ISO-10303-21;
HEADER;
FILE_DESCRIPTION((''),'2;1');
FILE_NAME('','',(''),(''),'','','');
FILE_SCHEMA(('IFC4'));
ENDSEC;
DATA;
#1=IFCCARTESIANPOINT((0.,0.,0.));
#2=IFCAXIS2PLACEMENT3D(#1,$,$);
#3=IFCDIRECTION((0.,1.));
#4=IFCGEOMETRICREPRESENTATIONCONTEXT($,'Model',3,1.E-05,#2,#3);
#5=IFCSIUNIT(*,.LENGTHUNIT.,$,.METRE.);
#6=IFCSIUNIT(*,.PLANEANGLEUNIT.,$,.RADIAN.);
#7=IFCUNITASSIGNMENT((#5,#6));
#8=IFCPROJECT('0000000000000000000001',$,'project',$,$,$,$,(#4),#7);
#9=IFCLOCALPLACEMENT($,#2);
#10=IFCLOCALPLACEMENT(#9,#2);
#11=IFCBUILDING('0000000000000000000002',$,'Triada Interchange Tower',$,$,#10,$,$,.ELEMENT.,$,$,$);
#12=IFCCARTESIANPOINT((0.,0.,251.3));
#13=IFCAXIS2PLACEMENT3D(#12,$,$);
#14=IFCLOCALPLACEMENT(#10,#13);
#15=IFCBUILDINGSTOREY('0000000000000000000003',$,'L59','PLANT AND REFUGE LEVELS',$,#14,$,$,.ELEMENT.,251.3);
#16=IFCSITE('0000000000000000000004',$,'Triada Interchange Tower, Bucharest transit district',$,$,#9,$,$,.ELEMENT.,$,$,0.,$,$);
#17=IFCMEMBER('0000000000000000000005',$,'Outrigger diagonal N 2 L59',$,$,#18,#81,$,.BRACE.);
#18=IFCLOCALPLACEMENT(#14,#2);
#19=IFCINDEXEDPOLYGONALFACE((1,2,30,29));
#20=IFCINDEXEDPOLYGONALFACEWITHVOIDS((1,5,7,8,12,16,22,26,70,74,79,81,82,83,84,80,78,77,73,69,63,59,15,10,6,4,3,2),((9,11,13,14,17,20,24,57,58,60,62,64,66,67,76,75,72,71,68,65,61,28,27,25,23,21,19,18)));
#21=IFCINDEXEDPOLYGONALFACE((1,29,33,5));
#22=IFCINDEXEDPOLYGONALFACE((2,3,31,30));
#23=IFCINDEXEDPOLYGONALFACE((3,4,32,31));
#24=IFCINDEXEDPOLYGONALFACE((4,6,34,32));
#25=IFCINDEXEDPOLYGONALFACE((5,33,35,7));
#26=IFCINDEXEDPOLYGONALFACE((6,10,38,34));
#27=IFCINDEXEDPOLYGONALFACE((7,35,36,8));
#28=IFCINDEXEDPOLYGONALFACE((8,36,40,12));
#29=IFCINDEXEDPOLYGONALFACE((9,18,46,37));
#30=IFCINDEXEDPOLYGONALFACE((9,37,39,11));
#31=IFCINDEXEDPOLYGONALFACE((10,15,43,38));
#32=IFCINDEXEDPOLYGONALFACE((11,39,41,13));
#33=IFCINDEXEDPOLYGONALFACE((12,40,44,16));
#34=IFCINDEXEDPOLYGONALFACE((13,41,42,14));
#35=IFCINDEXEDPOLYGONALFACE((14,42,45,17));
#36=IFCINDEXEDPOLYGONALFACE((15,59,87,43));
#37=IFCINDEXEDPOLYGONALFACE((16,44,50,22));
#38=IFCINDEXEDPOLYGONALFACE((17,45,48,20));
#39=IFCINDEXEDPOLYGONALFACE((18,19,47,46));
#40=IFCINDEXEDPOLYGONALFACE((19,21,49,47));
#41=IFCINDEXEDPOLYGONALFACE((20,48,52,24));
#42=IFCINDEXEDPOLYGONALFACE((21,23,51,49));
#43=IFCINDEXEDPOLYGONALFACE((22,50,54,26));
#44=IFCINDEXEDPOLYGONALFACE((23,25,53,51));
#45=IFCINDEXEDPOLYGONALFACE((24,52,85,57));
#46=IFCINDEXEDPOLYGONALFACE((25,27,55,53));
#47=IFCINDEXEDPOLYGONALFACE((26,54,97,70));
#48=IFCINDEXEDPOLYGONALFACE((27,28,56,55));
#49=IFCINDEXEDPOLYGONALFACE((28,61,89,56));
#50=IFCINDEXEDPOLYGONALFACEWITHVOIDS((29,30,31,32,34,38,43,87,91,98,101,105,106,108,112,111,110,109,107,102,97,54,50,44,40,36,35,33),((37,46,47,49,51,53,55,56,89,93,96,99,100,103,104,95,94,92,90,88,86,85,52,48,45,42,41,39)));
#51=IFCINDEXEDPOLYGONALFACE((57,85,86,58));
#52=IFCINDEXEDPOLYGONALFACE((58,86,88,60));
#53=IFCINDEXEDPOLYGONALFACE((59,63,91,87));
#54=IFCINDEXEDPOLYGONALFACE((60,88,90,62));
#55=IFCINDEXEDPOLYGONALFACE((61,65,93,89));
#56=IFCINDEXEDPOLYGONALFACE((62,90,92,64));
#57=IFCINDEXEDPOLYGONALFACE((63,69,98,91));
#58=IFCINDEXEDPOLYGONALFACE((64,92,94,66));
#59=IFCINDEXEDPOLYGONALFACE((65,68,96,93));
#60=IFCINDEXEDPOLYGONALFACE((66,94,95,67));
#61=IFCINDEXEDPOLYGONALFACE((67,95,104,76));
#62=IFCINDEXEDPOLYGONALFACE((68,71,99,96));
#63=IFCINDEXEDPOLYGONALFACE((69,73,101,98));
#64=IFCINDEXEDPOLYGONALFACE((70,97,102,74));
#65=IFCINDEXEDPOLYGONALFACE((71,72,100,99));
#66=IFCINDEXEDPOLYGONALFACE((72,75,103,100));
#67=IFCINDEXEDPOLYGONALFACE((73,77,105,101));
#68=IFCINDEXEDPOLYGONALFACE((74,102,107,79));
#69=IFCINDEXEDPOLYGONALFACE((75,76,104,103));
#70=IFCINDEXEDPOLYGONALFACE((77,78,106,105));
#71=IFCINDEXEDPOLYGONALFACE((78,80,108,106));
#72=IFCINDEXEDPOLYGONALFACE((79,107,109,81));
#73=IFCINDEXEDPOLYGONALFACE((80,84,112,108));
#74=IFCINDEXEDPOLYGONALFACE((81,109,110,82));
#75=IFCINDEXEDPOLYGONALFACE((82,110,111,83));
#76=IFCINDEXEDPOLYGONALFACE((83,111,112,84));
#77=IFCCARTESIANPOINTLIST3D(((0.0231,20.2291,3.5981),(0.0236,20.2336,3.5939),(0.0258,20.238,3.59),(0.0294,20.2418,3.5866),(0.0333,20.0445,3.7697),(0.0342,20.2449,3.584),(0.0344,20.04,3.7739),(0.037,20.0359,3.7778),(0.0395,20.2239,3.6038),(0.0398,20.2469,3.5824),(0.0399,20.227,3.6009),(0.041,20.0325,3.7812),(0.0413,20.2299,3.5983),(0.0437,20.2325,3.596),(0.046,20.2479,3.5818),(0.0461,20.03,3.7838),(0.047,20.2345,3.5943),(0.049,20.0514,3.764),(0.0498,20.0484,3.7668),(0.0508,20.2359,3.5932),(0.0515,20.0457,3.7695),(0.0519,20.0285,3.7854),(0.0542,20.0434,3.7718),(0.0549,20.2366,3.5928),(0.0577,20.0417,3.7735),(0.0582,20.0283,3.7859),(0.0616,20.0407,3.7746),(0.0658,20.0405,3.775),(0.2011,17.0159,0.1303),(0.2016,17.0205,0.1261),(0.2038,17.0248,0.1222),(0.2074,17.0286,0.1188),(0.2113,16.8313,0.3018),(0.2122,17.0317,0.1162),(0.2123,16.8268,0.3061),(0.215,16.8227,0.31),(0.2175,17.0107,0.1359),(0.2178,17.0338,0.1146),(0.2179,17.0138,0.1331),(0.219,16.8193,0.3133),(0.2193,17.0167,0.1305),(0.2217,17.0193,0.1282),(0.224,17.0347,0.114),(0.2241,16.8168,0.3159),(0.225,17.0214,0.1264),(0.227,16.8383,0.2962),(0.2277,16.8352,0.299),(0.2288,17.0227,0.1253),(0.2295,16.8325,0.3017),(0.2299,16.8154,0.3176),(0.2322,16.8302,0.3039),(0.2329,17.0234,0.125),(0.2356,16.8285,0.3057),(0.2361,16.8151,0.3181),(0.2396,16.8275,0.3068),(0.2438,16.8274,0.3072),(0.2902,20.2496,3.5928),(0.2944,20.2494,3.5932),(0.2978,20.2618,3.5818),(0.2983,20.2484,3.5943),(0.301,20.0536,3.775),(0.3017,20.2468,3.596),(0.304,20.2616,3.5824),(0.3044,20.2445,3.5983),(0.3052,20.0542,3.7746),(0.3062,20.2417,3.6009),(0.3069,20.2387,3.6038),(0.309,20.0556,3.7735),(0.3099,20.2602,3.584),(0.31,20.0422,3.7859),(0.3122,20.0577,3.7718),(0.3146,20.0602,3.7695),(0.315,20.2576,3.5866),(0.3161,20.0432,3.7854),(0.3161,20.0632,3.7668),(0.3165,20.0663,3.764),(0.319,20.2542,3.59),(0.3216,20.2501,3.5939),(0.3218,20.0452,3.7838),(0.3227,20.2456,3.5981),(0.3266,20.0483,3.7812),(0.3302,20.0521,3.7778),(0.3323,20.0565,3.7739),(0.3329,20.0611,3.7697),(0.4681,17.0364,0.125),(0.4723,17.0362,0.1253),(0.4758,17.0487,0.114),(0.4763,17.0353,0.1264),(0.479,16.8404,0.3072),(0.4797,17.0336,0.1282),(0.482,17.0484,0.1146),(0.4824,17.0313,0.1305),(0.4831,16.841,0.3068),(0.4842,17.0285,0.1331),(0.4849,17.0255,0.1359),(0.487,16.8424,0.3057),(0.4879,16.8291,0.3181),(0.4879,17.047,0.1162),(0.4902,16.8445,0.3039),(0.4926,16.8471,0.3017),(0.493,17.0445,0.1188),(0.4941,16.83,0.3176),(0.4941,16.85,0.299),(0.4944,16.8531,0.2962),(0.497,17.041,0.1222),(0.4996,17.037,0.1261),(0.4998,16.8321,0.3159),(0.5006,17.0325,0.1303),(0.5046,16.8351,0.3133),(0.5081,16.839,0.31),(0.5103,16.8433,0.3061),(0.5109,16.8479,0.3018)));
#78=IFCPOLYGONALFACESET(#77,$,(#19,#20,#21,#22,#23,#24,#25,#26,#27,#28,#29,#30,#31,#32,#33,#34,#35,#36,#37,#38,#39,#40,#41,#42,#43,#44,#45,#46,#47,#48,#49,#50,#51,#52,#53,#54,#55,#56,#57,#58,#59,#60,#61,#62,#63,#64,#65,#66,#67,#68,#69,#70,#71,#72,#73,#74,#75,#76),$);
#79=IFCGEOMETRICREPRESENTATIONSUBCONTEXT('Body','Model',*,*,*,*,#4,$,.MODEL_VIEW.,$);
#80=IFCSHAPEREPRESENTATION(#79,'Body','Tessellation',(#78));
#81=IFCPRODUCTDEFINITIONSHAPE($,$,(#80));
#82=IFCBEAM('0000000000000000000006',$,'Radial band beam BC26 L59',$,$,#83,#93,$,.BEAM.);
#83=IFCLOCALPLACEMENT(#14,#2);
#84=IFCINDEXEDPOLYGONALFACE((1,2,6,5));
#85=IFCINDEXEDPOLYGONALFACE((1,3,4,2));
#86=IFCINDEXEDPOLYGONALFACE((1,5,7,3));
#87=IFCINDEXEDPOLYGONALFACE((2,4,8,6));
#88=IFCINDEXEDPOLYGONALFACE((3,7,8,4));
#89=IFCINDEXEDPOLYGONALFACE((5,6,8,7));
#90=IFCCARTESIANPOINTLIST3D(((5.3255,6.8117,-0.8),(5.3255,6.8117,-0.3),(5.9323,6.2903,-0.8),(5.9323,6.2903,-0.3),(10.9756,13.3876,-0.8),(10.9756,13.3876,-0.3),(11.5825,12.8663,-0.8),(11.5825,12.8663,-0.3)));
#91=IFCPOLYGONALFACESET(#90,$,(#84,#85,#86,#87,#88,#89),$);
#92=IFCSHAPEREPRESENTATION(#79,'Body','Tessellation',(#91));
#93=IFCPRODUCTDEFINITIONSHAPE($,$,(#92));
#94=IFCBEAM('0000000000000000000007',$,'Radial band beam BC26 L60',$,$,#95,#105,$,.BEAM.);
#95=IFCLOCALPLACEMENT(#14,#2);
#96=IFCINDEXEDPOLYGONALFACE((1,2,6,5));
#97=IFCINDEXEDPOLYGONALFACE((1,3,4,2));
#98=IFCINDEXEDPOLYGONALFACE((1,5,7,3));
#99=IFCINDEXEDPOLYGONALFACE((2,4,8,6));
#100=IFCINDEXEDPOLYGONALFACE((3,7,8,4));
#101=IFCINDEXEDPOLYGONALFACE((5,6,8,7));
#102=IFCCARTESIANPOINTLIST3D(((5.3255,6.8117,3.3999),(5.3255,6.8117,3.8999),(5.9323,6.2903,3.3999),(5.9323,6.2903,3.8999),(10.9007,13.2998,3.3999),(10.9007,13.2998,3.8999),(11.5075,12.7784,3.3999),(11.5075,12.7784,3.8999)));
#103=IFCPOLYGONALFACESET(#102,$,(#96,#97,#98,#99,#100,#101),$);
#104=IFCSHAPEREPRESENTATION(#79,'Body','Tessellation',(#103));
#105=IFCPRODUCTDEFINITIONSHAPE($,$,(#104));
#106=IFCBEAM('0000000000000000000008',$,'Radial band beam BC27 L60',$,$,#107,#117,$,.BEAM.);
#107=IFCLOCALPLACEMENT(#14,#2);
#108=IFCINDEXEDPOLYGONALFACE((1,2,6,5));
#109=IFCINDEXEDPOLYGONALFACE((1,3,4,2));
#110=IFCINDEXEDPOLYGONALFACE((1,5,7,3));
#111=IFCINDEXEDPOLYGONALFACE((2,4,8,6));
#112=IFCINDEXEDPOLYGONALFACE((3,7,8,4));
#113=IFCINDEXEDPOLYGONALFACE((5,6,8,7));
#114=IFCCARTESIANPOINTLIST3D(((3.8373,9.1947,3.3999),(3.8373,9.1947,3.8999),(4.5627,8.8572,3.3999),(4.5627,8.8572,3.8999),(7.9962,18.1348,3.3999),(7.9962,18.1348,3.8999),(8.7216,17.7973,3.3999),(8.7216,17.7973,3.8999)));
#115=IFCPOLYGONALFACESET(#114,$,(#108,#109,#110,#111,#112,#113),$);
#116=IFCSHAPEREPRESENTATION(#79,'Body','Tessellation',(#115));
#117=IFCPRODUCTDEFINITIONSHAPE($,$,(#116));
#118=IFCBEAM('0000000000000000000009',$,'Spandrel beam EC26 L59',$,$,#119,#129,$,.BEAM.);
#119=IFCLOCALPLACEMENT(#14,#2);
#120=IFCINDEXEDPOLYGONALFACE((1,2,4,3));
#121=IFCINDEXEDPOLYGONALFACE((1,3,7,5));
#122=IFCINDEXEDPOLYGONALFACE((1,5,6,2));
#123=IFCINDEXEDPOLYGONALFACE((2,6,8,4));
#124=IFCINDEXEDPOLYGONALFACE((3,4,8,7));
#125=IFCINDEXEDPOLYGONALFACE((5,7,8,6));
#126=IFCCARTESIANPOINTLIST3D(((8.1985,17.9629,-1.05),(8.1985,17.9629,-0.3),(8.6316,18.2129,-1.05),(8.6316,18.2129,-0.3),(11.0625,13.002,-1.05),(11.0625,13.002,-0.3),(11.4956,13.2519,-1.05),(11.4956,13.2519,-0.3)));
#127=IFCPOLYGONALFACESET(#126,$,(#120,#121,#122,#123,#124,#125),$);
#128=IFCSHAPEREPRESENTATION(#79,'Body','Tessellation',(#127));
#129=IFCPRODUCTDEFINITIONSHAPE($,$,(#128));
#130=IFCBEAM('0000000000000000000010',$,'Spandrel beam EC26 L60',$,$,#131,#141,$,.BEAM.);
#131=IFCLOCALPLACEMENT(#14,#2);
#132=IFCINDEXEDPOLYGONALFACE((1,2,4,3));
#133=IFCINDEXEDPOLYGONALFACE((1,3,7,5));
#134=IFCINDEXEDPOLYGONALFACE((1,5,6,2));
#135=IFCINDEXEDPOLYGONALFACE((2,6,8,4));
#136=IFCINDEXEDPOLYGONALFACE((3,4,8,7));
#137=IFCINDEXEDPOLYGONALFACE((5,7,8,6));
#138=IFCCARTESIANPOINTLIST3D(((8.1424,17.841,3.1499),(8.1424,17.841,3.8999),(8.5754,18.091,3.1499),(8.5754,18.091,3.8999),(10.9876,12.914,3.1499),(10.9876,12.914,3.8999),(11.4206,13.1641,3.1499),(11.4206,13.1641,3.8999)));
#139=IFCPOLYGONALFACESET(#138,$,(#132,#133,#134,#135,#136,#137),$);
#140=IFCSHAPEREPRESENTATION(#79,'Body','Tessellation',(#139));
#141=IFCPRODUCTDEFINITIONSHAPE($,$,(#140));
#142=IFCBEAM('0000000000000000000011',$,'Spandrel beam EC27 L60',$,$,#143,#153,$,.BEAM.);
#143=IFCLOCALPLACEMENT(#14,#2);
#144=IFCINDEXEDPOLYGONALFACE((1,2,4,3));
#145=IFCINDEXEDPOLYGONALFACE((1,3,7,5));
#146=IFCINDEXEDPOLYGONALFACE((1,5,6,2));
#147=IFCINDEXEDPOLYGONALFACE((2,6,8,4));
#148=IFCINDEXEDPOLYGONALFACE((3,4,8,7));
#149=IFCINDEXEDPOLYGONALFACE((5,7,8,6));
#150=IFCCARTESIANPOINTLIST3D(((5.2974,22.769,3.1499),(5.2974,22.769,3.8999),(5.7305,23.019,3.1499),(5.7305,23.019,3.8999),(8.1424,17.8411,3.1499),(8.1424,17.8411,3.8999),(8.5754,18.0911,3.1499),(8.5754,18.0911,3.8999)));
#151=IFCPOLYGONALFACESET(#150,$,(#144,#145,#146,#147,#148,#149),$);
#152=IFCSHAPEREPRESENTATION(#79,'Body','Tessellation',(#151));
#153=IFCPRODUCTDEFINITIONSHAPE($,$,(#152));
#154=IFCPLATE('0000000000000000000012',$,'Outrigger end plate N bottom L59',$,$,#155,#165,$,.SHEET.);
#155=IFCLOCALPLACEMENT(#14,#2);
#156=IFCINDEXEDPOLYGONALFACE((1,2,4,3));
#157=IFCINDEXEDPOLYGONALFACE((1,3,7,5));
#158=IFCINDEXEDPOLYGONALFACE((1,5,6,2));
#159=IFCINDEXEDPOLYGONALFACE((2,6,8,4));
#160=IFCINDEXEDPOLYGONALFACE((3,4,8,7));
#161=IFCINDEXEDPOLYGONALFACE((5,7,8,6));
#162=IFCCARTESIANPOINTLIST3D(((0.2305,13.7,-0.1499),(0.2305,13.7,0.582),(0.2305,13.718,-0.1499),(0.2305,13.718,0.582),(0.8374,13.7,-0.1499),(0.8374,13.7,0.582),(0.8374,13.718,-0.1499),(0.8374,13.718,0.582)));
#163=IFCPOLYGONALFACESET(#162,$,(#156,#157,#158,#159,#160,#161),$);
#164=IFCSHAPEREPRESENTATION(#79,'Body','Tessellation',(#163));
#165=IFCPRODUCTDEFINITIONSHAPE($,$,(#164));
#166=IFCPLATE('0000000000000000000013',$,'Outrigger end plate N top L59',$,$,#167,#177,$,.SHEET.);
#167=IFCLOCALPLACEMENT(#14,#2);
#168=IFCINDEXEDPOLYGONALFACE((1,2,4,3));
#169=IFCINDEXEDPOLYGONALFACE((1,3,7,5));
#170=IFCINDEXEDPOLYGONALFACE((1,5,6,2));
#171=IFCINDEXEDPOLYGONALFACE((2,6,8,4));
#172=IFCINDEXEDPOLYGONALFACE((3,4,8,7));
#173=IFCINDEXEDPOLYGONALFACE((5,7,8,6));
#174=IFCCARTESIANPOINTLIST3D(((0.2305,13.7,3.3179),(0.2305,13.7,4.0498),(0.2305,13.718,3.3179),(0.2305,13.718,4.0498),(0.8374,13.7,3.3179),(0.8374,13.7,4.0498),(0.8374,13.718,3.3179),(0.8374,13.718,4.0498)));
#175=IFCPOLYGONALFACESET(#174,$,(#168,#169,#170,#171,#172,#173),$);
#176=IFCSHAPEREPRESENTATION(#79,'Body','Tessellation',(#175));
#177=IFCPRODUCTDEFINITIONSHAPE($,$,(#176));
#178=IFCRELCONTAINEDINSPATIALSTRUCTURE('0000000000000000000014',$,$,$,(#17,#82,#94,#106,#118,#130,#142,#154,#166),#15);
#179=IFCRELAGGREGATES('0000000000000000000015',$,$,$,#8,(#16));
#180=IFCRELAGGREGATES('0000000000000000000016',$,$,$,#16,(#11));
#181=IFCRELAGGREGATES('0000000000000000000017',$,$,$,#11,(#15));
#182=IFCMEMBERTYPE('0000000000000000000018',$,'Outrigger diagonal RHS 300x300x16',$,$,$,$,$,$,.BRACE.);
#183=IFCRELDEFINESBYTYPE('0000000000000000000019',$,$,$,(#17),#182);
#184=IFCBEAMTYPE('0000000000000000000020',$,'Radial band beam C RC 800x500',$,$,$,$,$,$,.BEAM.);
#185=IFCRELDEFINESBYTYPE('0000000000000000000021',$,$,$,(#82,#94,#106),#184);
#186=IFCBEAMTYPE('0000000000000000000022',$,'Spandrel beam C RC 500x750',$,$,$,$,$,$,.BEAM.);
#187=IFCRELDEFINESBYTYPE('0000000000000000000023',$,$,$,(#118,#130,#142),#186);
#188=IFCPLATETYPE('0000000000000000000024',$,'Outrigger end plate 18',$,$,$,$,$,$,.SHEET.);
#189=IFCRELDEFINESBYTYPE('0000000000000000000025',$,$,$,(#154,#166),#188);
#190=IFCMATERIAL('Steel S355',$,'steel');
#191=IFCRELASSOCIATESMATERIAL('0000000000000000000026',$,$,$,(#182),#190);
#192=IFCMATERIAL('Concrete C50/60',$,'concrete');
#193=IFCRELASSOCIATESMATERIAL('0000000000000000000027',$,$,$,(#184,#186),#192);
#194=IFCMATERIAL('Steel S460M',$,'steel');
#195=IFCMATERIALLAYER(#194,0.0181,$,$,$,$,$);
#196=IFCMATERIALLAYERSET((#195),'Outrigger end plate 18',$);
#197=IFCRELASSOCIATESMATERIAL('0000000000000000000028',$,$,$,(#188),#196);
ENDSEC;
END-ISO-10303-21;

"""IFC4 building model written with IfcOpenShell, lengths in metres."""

from ifc_helpers import new_model, si_unit, direction, frame, origin, origin_2d, place, context, subcontext, project, spatial, rectangle, hollow_rectangle, extrude, material, layer, layer_set, material_profile, profile_set, type_object, element, save


model = new_model("IFC4")

# Units and contexts
model_context = context("Model", 3, precision=1e-05, world=origin(), true_north=direction((0.0, 1.0)))
body_context = subcontext(model_context, "Body", "Model", "MODEL_VIEW")
ifc_project = project(units=[si_unit("LENGTHUNIT", "METRE"), si_unit("PLANEANGLEUNIT", "RADIAN")], contexts=[model_context])

# Site, building, storey
site_placement = place(None, origin())
site = spatial("IfcSite", under=ifc_project, at=site_placement, Name="Triada Interchange Tower, Bucharest transit district", CompositionType="ELEMENT", RefElevation=0.0)
building_placement = place(site_placement, origin())
building = spatial("IfcBuilding", under=site, at=building_placement, Name="Triada Interchange Tower", CompositionType="ELEMENT")
storey_placement = place(building_placement, frame((0.0, 0.0, 251.3)))
storey = spatial("IfcBuildingStorey", under=building, at=storey_placement, Name="L59", Description="PLANT AND REFUGE LEVELS", CompositionType="ELEMENT", Elevation=251.3)

# Shared definitions
ifc_material_1 = material(Name="Concrete C50/60", Category="concrete")

# Shared definitions
ifc_material_2 = material(Name="Steel S355", Category="steel")

# Member
ifc_material_3 = material(Name="Steel S460M", Category="steel")
ifc_material_profile_1 = material_profile(ifc_material_2, hollow_rectangle(XDim=0.3, YDim=0.3, WallThickness=0.0161, InnerFilletRadius=0.0161, OuterFilletRadius=0.0239, at=origin_2d()), Name="RHS 300x300x16")
ifc_profile_set_1 = profile_set([ifc_material_profile_1], Name="Steel S355")
member_type_1 = type_object("IfcMemberType", Name="Outrigger diagonal RHS 300x300x16", PredefinedType="BRACE", material=ifc_profile_set_1)
member_1_placement = place(storey_placement, frame((0.356, 16.9319, 0.2161), z_axis=(-0.03762, 0.679181, 0.733006), x_axis=(-0.998469, -0.055306, 0.0)))
element("IfcMember", 1, at=member_1_placement, inside=storey, type_object=member_type_1, Name="Outrigger diagonal N 2 L59", PredefinedType="BRACE", context=body_context, shape_type="SweptSolid", body=[
    extrude(hollow_rectangle(XDim=0.3, YDim=0.3, WallThickness=0.0161, InnerFilletRadius=0.0161, OuterFilletRadius=0.0239, at=origin_2d()), origin(), (0.0, 0.0, 1.0), 4.731),
])

# Beams
ifc_material_profile_2 = material_profile(ifc_material_1, rectangle(XDim=0.8, YDim=0.5, at=origin_2d()), Name="RC 800x500")
ifc_profile_set_2 = profile_set([ifc_material_profile_2], Name="Concrete C50/60")
beam_type_1 = type_object("IfcBeamType", Name="Radial band beam C RC 800x500", PredefinedType="BEAM", material=ifc_profile_set_2)
beam_1_placement = place(storey_placement, frame((11.2791, 13.127, -0.55), z_axis=(-0.651698, -0.758479, 0.0), x_axis=(0.758479, -0.651698, 0.0)))
element("IfcBeam", 2, at=beam_1_placement, inside=storey, type_object=beam_type_1, Name="Radial band beam BC26 L59", PredefinedType="BEAM", context=body_context, shape_type="SweptSolid", body=[
    extrude(rectangle(XDim=0.8, YDim=0.5, at=origin_2d()), origin(), (0.0, 0.0, 1.0), 8.6699),
])
beam_2_placement = place(storey_placement, frame((11.2041, 13.0391, 3.6499), z_axis=(-0.651736, -0.758446, 0.0), x_axis=(0.758446, -0.651736, 0.0)))
element("IfcBeam", 3, at=beam_2_placement, inside=storey, type_object=beam_type_1, Name="Radial band beam BC26 L60", PredefinedType="BEAM", context=body_context, shape_type="SweptSolid", body=[
    extrude(rectangle(XDim=0.8, YDim=0.5, at=origin_2d()), origin(), (0.0, 0.0, 1.0), 8.5544),
])
beam_3_placement = place(storey_placement, frame((8.3589, 17.9661, 3.6499), z_axis=(-0.42179, -0.906694, 0.0), x_axis=(0.906694, -0.42179, 0.0)))
element("IfcBeam", 4, at=beam_3_placement, inside=storey, type_object=beam_type_1, Name="Radial band beam BC27 L60", PredefinedType="BEAM", context=body_context, shape_type="SweptSolid", body=[
    extrude(rectangle(XDim=0.8, YDim=0.5, at=origin_2d()), origin(), (0.0, 0.0, 1.0), 9.8601),
])
ifc_material_profile_3 = material_profile(ifc_material_1, rectangle(XDim=0.5, YDim=0.75, at=origin_2d()), Name="RC 500x750")
ifc_profile_set_3 = profile_set([ifc_material_profile_3], Name="Concrete C50/60")
beam_type_2 = type_object("IfcBeamType", Name="Spandrel beam C RC 500x750", PredefinedType="BEAM", material=ifc_profile_set_3)
beam_4_placement = place(storey_placement, frame((11.2791, 13.127, -0.675), z_axis=(-0.499976, 0.866039, 0.0), x_axis=(-0.866039, -0.499976, 0.0)))
element("IfcBeam", 5, at=beam_4_placement, inside=storey, type_object=beam_type_2, Name="Spandrel beam EC26 L59", PredefinedType="BEAM", context=body_context, shape_type="SweptSolid", body=[
    extrude(rectangle(XDim=0.5, YDim=0.75, at=origin_2d()), origin(), (0.0, 0.0, 1.0), 5.7283),
])
beam_5_placement = place(storey_placement, frame((11.2041, 13.0391, 3.5249), z_axis=(-0.50008, 0.865979, 0.0), x_axis=(-0.865979, -0.50008, 0.0)))
element("IfcBeam", 6, at=beam_5_placement, inside=storey, type_object=beam_type_2, Name="Spandrel beam EC26 L60", PredefinedType="BEAM", context=body_context, shape_type="SweptSolid", body=[
    extrude(rectangle(XDim=0.5, YDim=0.75, at=origin_2d()), origin(), (0.0, 0.0, 1.0), 5.6895),
])
beam_6_placement = place(storey_placement, frame((8.3589, 17.9661, 3.5249), z_axis=(-0.499974, 0.866041, 0.0), x_axis=(-0.866041, -0.499974, 0.0)))
element("IfcBeam", 7, at=beam_6_placement, inside=storey, type_object=beam_type_2, Name="Spandrel beam EC27 L60", PredefinedType="BEAM", context=body_context, shape_type="SweptSolid", body=[
    extrude(rectangle(XDim=0.5, YDim=0.75, at=origin_2d()), origin(), (0.0, 0.0, 1.0), 5.6902),
])

# Plates
ifc_layer_1 = layer(ifc_material_3, 0.0181)
ifc_layer_set_1 = layer_set([ifc_layer_1], Name="Outrigger end plate 18")
plate_type = type_object("IfcPlateType", Name="Outrigger end plate 18", PredefinedType="SHEET", material=ifc_layer_set_1)
for number, where, z_axis, x_axis, name in (
    (8, (0.5339, 13.709, -0.1499), (0.0, 0.0, 1.0), (0.0, 1.0, 0.0), "Outrigger end plate N bottom L59"),
    (9, (0.5339, 13.709, 3.3179), (0.0, 0.0, 1.0), (0.0, 1.0, 0.0), "Outrigger end plate N top L59"),
):
    element("IfcPlate", number, at=place(storey_placement, frame(where, z_axis=z_axis, x_axis=x_axis)), inside=storey, type_object=plate_type, Name=name, PredefinedType="SHEET", context=body_context, shape_type="SweptSolid", body=[
        extrude(rectangle(XDim=0.0181, YDim=0.6069, at=origin_2d()), origin(), (0.0, 0.0, 1.0), 0.7319),
    ])

save(model, "model.ifc")
